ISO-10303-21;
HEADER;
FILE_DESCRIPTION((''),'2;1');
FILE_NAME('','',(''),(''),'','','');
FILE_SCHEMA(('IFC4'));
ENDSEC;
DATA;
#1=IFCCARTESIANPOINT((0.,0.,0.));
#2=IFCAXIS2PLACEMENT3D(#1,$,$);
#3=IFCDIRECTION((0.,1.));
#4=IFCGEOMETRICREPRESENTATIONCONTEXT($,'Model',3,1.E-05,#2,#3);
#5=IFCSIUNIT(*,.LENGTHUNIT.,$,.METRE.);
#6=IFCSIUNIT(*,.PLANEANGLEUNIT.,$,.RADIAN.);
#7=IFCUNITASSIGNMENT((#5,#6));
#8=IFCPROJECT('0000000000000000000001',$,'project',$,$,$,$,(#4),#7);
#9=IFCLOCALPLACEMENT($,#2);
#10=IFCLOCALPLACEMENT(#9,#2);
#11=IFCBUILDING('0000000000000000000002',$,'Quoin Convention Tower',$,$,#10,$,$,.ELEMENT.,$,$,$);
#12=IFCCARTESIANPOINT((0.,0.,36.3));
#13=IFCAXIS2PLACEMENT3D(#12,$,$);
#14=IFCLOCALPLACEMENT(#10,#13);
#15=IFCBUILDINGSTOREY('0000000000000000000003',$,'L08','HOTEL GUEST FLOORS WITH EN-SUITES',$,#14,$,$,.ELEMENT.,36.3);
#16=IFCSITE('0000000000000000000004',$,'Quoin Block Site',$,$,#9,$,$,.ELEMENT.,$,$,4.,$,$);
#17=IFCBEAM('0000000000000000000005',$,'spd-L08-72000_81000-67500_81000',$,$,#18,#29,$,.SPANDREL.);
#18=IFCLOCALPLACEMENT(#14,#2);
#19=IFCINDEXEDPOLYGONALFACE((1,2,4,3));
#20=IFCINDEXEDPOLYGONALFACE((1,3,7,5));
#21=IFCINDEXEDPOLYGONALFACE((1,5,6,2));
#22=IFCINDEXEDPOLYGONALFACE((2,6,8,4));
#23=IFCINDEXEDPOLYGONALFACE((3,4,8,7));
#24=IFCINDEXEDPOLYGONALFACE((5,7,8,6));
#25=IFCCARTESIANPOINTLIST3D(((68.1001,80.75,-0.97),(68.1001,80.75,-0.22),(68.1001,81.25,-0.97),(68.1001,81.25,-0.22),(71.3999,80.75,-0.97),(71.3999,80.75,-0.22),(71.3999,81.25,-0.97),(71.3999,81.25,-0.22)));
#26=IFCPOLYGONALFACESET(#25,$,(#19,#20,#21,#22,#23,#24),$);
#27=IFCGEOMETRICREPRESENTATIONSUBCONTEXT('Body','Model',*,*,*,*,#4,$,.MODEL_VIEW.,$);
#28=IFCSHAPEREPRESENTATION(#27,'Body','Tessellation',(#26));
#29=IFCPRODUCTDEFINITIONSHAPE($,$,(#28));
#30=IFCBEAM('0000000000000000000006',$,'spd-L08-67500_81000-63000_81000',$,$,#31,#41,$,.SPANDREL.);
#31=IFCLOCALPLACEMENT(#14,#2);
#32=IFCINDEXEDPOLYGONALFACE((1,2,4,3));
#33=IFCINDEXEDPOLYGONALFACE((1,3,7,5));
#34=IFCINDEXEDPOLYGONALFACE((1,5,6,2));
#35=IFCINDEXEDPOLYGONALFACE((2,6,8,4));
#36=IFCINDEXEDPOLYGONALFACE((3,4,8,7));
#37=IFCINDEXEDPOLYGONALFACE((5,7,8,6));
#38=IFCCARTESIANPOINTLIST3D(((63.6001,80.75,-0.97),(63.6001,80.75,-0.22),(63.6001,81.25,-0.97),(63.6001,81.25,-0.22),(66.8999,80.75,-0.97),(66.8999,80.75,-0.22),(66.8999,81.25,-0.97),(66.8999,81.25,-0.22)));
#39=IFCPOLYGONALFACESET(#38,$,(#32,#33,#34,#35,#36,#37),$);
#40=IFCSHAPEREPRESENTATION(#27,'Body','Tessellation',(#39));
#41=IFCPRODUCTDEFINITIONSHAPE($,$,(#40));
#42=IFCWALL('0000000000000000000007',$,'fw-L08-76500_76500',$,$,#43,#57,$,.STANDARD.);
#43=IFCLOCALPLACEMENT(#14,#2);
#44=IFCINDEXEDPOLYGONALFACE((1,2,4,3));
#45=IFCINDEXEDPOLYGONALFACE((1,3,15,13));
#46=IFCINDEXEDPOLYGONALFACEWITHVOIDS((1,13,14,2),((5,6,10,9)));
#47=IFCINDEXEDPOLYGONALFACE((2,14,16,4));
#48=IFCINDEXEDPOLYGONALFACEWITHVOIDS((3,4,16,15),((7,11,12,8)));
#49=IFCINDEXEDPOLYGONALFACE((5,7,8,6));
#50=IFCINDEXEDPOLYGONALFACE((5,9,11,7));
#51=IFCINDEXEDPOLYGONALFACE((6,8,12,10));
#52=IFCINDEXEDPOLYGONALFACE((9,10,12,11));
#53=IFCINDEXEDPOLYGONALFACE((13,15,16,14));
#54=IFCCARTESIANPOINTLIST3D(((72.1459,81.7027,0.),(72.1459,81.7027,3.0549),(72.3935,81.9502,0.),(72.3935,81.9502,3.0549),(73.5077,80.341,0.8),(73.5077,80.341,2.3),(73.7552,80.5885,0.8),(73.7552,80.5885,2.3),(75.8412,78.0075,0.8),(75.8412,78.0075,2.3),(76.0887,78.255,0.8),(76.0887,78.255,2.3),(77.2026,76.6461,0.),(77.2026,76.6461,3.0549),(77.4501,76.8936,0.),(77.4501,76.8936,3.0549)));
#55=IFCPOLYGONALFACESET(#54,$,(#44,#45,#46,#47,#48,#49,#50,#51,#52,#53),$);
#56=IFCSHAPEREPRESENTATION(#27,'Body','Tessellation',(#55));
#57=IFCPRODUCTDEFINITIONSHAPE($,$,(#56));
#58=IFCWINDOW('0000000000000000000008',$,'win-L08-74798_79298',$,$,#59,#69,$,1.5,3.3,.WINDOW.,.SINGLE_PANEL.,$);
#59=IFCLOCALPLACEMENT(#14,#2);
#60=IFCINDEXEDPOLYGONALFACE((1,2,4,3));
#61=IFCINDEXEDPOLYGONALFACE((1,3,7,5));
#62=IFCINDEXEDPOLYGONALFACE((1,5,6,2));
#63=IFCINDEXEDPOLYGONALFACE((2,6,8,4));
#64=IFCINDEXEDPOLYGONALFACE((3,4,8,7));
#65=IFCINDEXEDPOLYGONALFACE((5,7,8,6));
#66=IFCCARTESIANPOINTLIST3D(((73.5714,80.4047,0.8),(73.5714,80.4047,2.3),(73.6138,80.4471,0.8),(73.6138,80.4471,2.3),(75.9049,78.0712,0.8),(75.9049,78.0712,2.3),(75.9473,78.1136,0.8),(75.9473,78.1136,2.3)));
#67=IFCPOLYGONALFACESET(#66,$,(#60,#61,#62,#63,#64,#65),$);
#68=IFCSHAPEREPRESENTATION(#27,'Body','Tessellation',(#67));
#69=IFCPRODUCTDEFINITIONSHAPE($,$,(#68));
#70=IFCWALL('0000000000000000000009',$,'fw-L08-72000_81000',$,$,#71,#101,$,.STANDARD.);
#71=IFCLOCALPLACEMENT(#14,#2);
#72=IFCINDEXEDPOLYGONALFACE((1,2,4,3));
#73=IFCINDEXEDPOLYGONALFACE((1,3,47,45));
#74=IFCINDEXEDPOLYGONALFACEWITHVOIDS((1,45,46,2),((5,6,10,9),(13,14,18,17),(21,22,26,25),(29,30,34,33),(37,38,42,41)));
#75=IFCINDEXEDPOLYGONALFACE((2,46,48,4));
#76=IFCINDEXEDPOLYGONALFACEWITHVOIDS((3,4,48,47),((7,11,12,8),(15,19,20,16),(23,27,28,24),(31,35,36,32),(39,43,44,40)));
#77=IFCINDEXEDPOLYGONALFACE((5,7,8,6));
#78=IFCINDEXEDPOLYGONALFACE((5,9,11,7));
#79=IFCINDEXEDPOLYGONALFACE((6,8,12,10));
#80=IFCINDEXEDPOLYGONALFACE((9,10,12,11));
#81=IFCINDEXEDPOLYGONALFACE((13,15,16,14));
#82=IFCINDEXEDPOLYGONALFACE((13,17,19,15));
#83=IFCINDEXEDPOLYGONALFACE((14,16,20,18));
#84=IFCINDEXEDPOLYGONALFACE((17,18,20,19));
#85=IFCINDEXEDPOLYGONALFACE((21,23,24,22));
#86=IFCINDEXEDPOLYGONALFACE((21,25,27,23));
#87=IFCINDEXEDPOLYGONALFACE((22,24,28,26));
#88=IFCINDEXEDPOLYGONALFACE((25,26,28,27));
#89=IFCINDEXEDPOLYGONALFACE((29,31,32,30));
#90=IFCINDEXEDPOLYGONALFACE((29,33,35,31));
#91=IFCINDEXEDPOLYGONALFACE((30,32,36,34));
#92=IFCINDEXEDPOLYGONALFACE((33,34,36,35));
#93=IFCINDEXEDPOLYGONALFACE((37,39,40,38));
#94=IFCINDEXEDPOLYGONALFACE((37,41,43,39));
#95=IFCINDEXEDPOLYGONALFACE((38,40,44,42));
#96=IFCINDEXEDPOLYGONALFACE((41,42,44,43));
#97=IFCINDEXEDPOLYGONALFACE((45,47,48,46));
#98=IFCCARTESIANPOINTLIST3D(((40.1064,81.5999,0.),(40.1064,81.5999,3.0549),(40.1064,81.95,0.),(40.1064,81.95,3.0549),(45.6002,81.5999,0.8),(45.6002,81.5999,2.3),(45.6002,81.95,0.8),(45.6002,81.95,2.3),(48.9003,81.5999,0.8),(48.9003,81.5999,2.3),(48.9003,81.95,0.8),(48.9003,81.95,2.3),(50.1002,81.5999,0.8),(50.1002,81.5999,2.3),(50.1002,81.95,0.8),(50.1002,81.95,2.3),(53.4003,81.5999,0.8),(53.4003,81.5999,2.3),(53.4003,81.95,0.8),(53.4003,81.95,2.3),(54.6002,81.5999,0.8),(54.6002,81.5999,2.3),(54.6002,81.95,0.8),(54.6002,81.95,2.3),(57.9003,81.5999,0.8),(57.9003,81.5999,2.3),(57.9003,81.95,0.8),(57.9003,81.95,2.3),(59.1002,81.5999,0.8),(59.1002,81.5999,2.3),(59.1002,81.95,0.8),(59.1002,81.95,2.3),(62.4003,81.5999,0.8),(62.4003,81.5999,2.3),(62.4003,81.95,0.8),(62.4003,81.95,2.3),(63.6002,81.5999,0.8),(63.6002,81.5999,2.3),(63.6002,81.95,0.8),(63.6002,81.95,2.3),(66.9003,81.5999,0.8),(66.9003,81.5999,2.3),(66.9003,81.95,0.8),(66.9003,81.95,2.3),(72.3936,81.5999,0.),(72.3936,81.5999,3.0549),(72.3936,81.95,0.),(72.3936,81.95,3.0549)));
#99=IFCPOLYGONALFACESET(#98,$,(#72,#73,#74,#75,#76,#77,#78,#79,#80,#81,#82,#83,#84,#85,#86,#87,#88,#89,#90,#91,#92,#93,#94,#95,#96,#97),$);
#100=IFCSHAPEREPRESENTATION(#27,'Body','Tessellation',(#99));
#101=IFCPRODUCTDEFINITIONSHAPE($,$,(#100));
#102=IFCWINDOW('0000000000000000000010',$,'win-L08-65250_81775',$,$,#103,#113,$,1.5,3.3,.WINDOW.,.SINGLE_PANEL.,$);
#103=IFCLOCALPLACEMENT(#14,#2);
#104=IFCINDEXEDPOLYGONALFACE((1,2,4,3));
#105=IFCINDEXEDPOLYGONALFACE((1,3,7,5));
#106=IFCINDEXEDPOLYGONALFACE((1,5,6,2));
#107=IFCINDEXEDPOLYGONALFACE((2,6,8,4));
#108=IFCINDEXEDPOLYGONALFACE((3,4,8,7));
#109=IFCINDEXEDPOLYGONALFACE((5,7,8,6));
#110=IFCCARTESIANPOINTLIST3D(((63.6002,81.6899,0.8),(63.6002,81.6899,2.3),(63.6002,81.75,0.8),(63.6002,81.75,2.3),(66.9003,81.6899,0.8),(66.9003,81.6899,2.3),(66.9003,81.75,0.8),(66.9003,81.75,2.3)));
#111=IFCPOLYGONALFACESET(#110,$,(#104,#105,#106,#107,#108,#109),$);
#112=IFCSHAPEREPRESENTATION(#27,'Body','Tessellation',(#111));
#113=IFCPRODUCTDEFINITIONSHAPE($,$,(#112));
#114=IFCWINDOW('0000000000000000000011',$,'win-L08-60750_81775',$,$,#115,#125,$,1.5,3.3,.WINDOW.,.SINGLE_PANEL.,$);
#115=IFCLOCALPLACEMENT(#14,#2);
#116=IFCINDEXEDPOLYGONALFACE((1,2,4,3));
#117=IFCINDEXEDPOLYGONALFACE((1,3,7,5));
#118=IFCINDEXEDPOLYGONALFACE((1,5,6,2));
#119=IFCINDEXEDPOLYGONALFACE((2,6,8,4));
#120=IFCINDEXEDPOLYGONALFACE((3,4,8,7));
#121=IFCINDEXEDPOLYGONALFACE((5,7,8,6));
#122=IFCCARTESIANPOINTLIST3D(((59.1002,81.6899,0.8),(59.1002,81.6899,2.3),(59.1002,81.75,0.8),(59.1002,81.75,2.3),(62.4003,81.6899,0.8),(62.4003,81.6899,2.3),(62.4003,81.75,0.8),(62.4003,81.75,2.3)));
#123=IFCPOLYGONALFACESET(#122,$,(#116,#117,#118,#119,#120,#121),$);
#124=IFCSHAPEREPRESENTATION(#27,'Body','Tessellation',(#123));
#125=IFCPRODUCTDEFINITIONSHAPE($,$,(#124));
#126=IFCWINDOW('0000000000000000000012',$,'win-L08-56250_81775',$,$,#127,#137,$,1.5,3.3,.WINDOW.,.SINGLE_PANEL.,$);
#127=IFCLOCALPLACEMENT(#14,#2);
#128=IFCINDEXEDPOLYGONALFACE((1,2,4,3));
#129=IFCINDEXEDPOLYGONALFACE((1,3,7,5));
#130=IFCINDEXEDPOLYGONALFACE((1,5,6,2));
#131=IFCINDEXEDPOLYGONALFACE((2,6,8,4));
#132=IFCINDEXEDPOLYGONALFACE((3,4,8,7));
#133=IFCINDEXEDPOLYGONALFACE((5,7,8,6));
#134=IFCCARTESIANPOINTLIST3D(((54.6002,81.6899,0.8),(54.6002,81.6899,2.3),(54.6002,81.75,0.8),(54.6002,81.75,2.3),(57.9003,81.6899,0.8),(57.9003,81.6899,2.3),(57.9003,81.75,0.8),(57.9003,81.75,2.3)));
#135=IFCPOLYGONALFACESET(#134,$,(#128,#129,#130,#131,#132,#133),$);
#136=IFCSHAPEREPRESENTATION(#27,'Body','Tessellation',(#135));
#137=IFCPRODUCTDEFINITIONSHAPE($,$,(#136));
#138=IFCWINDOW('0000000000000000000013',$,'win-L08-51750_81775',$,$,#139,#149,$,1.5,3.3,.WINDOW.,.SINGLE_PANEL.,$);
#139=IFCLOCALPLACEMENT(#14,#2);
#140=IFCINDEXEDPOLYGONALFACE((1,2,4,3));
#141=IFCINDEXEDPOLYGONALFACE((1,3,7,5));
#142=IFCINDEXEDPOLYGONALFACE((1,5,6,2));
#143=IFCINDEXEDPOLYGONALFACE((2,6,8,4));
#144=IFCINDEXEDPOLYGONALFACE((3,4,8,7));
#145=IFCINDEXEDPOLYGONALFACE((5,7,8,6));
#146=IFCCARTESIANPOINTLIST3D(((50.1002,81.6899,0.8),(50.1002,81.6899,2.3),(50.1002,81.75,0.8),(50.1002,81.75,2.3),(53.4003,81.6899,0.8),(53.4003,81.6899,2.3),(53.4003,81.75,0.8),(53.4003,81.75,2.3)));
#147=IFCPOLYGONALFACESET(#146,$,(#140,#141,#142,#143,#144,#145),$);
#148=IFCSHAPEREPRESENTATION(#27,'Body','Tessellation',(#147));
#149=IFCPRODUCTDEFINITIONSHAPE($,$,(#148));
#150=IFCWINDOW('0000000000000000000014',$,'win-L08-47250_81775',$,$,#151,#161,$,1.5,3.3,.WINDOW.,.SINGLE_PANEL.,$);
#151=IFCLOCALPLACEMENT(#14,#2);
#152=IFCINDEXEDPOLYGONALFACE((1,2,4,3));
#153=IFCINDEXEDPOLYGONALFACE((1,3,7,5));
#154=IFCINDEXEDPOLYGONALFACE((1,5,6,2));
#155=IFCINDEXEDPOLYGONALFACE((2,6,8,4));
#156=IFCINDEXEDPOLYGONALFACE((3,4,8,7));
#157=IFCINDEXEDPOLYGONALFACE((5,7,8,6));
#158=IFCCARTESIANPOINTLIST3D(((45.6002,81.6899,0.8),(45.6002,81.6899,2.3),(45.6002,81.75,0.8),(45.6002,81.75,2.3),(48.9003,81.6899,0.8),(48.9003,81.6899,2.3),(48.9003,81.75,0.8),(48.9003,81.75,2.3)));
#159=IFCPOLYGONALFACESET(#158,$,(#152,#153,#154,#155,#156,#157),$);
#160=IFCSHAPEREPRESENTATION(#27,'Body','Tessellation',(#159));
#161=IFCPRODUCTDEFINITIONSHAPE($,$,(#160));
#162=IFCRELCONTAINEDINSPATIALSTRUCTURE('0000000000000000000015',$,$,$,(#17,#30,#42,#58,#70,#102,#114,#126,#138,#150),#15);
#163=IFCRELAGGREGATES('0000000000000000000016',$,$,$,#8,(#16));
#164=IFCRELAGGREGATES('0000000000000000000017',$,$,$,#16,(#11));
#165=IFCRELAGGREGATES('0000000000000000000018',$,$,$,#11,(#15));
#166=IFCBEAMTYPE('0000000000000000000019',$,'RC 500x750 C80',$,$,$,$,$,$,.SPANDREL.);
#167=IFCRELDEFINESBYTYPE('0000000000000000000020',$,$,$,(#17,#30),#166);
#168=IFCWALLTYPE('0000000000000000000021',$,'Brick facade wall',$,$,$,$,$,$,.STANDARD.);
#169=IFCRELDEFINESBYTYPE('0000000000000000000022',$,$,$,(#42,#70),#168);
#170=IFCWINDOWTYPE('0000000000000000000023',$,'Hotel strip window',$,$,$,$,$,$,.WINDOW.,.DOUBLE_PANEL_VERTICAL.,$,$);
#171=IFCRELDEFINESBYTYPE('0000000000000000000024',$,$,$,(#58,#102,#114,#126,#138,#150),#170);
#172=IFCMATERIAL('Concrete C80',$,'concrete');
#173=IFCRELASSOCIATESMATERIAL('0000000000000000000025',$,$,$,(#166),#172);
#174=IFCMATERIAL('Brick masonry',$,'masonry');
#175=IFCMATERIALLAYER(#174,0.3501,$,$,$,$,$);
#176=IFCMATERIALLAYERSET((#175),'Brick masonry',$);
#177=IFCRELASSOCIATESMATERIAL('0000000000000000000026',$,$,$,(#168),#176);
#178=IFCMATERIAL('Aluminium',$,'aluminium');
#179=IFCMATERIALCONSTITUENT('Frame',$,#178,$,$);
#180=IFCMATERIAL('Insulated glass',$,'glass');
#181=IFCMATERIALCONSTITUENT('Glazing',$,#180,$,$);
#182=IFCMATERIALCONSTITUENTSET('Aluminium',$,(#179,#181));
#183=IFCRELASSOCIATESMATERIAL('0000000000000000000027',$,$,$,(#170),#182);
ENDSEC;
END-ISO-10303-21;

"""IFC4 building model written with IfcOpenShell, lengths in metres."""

from ifc_helpers import new_model, si_unit, direction, frame, frame_2d, origin, origin_2d, place, context, subcontext, project, spatial, rectangle, extrude, material, layer, layer_set, constituent, constituent_set, material_profile, profile_set, type_object, element, fill, save


model = new_model("IFC4")

# Units and contexts
model_context = context("Model", 3, precision=1e-05, world=origin(), true_north=direction((0.0, 1.0)))
body_context = subcontext(model_context, "Body", "Model", "MODEL_VIEW")
ifc_project = project(units=[si_unit("LENGTHUNIT", "METRE"), si_unit("PLANEANGLEUNIT", "RADIAN")], contexts=[model_context])

# Site, building, storey
site_placement = place(None, origin())
site = spatial("IfcSite", under=ifc_project, at=site_placement, Name="Quoin Block Site", CompositionType="ELEMENT", RefElevation=4.0)
building_placement = place(site_placement, origin())
building = spatial("IfcBuilding", under=site, at=building_placement, Name="Quoin Convention Tower", CompositionType="ELEMENT")
storey_placement = place(building_placement, frame((0.0, 0.0, 36.3)))
storey = spatial("IfcBuildingStorey", under=building, at=storey_placement, Name="L08", Description="HOTEL GUEST FLOORS WITH EN-SUITES", CompositionType="ELEMENT", Elevation=36.3)

# Shared definitions
ifc_material_1 = material(Name="Concrete C80", Category="concrete")

# Beams
ifc_material_profile_1 = material_profile(ifc_material_1, rectangle(XDim=0.5, YDim=0.75, at=origin_2d()), Name="RC 500x750")
ifc_profile_set_1 = profile_set([ifc_material_profile_1], Name="Concrete C80")
beam_type_1 = type_object("IfcBeamType", Name="RC 500x750 C80", PredefinedType="SPANDREL", material=ifc_profile_set_1)
for number, where, z_axis, x_axis, name in (
    (1, (71.3999, 81.0, -0.595), (-1.0, 0.0, 0.0), (0.0, -1.0, 0.0), "spd-L08-72000_81000-67500_81000"),
    (2, (66.8999, 81.0, -0.595), (-1.0, 0.0, 0.0), (0.0, -1.0, 0.0), "spd-L08-67500_81000-63000_81000"),
):
    element("IfcBeam", number, at=place(storey_placement, frame(where, z_axis=z_axis, x_axis=x_axis)), inside=storey, type_object=beam_type_1, Name=name, PredefinedType="SPANDREL", context=body_context, shape_type="SweptSolid", body=[
        extrude(rectangle(XDim=0.5, YDim=0.75, at=origin_2d()), origin(), (0.0, 0.0, 1.0), 3.2998),
    ])

# Wall, opening, window
ifc_material_2 = material(Name="Brick masonry", Category="masonry")
ifc_layer_1 = layer(ifc_material_2, 0.3501)
ifc_layer_set_1 = layer_set([ifc_layer_1], Name="Brick masonry")
wall_type_1 = type_object("IfcWallType", Name="Brick facade wall", PredefinedType="STANDARD", material=ifc_layer_set_1)
wall_1_placement = place(storey_placement, frame((77.3264, 76.7698, 0.0), z_axis=(0.0, 0.0, 1.0), x_axis=(-0.707107, 0.707107, 0.0)))
wall_1 = element("IfcWall", 3, at=wall_1_placement, inside=storey, type_object=wall_type_1, Name="fw-L08-76500_76500", PredefinedType="STANDARD", context=body_context, shape_type="SweptSolid", body=[
    extrude(rectangle(XDim=7.1511, YDim=0.3501, at=frame_2d((3.5757, 0.0))), origin(), (0.0, 0.0, 1.0), 3.0549),
])
opening_1_placement = place(wall_1_placement, frame((1.9255, 0.0, 0.8)))
opening_1 = element("IfcOpeningElement", 4, at=opening_1_placement, cuts=wall_1, PredefinedType="OPENING", context=body_context, shape_type="SweptSolid", body=[
    extrude(rectangle(XDim=3.3, YDim=1.5, at=frame_2d((1.6499, 0.75))), frame((0.0, 0.1851, 0.0), z_axis=(0.0, -1.0, 0.0), x_axis=(1.0, 0.0, 0.0)), (0.0, 0.0, 1.0), 0.3701),
])
ifc_material_3 = material(Name="Aluminium", Category="aluminium")
ifc_constituent_1 = constituent(ifc_material_3, Name="Frame")
ifc_material_4 = material(Name="Insulated glass", Category="glass")
ifc_constituent_2 = constituent(ifc_material_4, Name="Glazing")
ifc_constituent_set = constituent_set(constituents=[ifc_constituent_1, ifc_constituent_2], Name="Aluminium")
window_type = type_object("IfcWindowType", Name="Hotel strip window", PartitioningType="DOUBLE_PANEL_VERTICAL", PredefinedType="WINDOW", material=ifc_constituent_set)
window_1_placement = place(opening_1_placement, origin())
window_1 = element("IfcWindow", 5, at=window_1_placement, inside=storey, type_object=window_type, Name="win-L08-74798_79298", OverallHeight=1.5, OverallWidth=3.3, PartitioningType="SINGLE_PANEL", PredefinedType="WINDOW", context=body_context, shape_type="SweptSolid", body=[
    extrude(rectangle(XDim=3.3, YDim=1.5, at=frame_2d((1.6499, 0.75))), frame((0.0, 0.085, 0.0), z_axis=(0.0, -1.0, 0.0), x_axis=(1.0, 0.0, 0.0)), (0.0, 0.0, 1.0), 0.0601),
])
fill(opening_1, window_1)

# Wall, openings, windows
wall_2_placement = place(storey_placement, frame((72.3936, 81.7749, 0.0), z_axis=(0.0, 0.0, 1.0), x_axis=(-1.0, 0.0, 0.0)))
wall_2 = element("IfcWall", 6, at=wall_2_placement, inside=storey, type_object=wall_type_1, Name="fw-L08-72000_81000", PredefinedType="STANDARD", context=body_context, shape_type="SweptSolid", body=[
    extrude(rectangle(XDim=32.2871, YDim=0.3501, at=frame_2d((16.1436, 0.0))), origin(), (0.0, 0.0, 1.0), 3.0549),
])
opening_2_placement = place(wall_2_placement, frame((5.4934, 0.0, 0.8)))
opening_2 = element("IfcOpeningElement", 7, at=opening_2_placement, cuts=wall_2, PredefinedType="OPENING", context=body_context, shape_type="SweptSolid", body=[
    extrude(rectangle(XDim=3.3, YDim=1.5, at=frame_2d((1.6499, 0.75))), frame((0.0, 0.1851, 0.0), z_axis=(0.0, -1.0, 0.0), x_axis=(1.0, 0.0, 0.0)), (0.0, 0.0, 1.0), 0.3701),
])
opening_3_placement = place(wall_2_placement, frame((9.9934, 0.0, 0.8)))
opening_3 = element("IfcOpeningElement", 8, at=opening_3_placement, cuts=wall_2, PredefinedType="OPENING", context=body_context, shape_type="SweptSolid", body=[
    extrude(rectangle(XDim=3.3, YDim=1.5, at=frame_2d((1.6499, 0.75))), frame((0.0, 0.1851, 0.0), z_axis=(0.0, -1.0, 0.0), x_axis=(1.0, 0.0, 0.0)), (0.0, 0.0, 1.0), 0.3701),
])
opening_4_placement = place(wall_2_placement, frame((14.4934, 0.0, 0.8)))
opening_4 = element("IfcOpeningElement", 9, at=opening_4_placement, cuts=wall_2, PredefinedType="OPENING", context=body_context, shape_type="SweptSolid", body=[
    extrude(rectangle(XDim=3.3, YDim=1.5, at=frame_2d((1.6499, 0.75))), frame((0.0, 0.1851, 0.0), z_axis=(0.0, -1.0, 0.0), x_axis=(1.0, 0.0, 0.0)), (0.0, 0.0, 1.0), 0.3701),
])
opening_5_placement = place(wall_2_placement, frame((18.9934, 0.0, 0.8)))
opening_5 = element("IfcOpeningElement", 10, at=opening_5_placement, cuts=wall_2, PredefinedType="OPENING", context=body_context, shape_type="SweptSolid", body=[
    extrude(rectangle(XDim=3.3, YDim=1.5, at=frame_2d((1.6499, 0.75))), frame((0.0, 0.1851, 0.0), z_axis=(0.0, -1.0, 0.0), x_axis=(1.0, 0.0, 0.0)), (0.0, 0.0, 1.0), 0.3701),
])
opening_6_placement = place(wall_2_placement, frame((23.4934, 0.0, 0.8)))
opening_6 = element("IfcOpeningElement", 11, at=opening_6_placement, cuts=wall_2, PredefinedType="OPENING", context=body_context, shape_type="SweptSolid", body=[
    extrude(rectangle(XDim=3.3, YDim=1.5, at=frame_2d((1.6499, 0.75))), frame((0.0, 0.1851, 0.0), z_axis=(0.0, -1.0, 0.0), x_axis=(1.0, 0.0, 0.0)), (0.0, 0.0, 1.0), 0.3701),
])
window_2_placement = place(opening_2_placement, origin())
window_2 = element("IfcWindow", 12, at=window_2_placement, inside=storey, type_object=window_type, Name="win-L08-65250_81775", OverallHeight=1.5, OverallWidth=3.3, PartitioningType="SINGLE_PANEL", PredefinedType="WINDOW", context=body_context, shape_type="SweptSolid", body=[
    extrude(rectangle(XDim=3.3, YDim=1.5, at=frame_2d((1.6499, 0.75))), frame((0.0, 0.085, 0.0), z_axis=(0.0, -1.0, 0.0), x_axis=(1.0, 0.0, 0.0)), (0.0, 0.0, 1.0), 0.0601),
])
fill(opening_2, window_2)
window_3_placement = place(opening_3_placement, origin())
window_3 = element("IfcWindow", 13, at=window_3_placement, inside=storey, type_object=window_type, Name="win-L08-60750_81775", OverallHeight=1.5, OverallWidth=3.3, PartitioningType="SINGLE_PANEL", PredefinedType="WINDOW", context=body_context, shape_type="SweptSolid", body=[
    extrude(rectangle(XDim=3.3, YDim=1.5, at=frame_2d((1.6499, 0.75))), frame((0.0, 0.085, 0.0), z_axis=(0.0, -1.0, 0.0), x_axis=(1.0, 0.0, 0.0)), (0.0, 0.0, 1.0), 0.0601),
])
fill(opening_3, window_3)
window_4_placement = place(opening_4_placement, origin())
window_4 = element("IfcWindow", 14, at=window_4_placement, inside=storey, type_object=window_type, Name="win-L08-56250_81775", OverallHeight=1.5, OverallWidth=3.3, PartitioningType="SINGLE_PANEL", PredefinedType="WINDOW", context=body_context, shape_type="SweptSolid", body=[
    extrude(rectangle(XDim=3.3, YDim=1.5, at=frame_2d((1.6499, 0.75))), frame((0.0, 0.085, 0.0), z_axis=(0.0, -1.0, 0.0), x_axis=(1.0, 0.0, 0.0)), (0.0, 0.0, 1.0), 0.0601),
])
fill(opening_4, window_4)
window_5_placement = place(opening_5_placement, origin())
window_5 = element("IfcWindow", 15, at=window_5_placement, inside=storey, type_object=window_type, Name="win-L08-51750_81775", OverallHeight=1.5, OverallWidth=3.3, PartitioningType="SINGLE_PANEL", PredefinedType="WINDOW", context=body_context, shape_type="SweptSolid", body=[
    extrude(rectangle(XDim=3.3, YDim=1.5, at=frame_2d((1.6499, 0.75))), frame((0.0, 0.085, 0.0), z_axis=(0.0, -1.0, 0.0), x_axis=(1.0, 0.0, 0.0)), (0.0, 0.0, 1.0), 0.0601),
])
fill(opening_5, window_5)
window_6_placement = place(opening_6_placement, origin())
window_6 = element("IfcWindow", 16, at=window_6_placement, inside=storey, type_object=window_type, Name="win-L08-47250_81775", OverallHeight=1.5, OverallWidth=3.3, PartitioningType="SINGLE_PANEL", PredefinedType="WINDOW", context=body_context, shape_type="SweptSolid", body=[
    extrude(rectangle(XDim=3.3, YDim=1.5, at=frame_2d((1.6499, 0.75))), frame((0.0, 0.085, 0.0), z_axis=(0.0, -1.0, 0.0), x_axis=(1.0, 0.0, 0.0)), (0.0, 0.0, 1.0), 0.0601),
])
fill(opening_6, window_6)

save(model, "model.ifc")
